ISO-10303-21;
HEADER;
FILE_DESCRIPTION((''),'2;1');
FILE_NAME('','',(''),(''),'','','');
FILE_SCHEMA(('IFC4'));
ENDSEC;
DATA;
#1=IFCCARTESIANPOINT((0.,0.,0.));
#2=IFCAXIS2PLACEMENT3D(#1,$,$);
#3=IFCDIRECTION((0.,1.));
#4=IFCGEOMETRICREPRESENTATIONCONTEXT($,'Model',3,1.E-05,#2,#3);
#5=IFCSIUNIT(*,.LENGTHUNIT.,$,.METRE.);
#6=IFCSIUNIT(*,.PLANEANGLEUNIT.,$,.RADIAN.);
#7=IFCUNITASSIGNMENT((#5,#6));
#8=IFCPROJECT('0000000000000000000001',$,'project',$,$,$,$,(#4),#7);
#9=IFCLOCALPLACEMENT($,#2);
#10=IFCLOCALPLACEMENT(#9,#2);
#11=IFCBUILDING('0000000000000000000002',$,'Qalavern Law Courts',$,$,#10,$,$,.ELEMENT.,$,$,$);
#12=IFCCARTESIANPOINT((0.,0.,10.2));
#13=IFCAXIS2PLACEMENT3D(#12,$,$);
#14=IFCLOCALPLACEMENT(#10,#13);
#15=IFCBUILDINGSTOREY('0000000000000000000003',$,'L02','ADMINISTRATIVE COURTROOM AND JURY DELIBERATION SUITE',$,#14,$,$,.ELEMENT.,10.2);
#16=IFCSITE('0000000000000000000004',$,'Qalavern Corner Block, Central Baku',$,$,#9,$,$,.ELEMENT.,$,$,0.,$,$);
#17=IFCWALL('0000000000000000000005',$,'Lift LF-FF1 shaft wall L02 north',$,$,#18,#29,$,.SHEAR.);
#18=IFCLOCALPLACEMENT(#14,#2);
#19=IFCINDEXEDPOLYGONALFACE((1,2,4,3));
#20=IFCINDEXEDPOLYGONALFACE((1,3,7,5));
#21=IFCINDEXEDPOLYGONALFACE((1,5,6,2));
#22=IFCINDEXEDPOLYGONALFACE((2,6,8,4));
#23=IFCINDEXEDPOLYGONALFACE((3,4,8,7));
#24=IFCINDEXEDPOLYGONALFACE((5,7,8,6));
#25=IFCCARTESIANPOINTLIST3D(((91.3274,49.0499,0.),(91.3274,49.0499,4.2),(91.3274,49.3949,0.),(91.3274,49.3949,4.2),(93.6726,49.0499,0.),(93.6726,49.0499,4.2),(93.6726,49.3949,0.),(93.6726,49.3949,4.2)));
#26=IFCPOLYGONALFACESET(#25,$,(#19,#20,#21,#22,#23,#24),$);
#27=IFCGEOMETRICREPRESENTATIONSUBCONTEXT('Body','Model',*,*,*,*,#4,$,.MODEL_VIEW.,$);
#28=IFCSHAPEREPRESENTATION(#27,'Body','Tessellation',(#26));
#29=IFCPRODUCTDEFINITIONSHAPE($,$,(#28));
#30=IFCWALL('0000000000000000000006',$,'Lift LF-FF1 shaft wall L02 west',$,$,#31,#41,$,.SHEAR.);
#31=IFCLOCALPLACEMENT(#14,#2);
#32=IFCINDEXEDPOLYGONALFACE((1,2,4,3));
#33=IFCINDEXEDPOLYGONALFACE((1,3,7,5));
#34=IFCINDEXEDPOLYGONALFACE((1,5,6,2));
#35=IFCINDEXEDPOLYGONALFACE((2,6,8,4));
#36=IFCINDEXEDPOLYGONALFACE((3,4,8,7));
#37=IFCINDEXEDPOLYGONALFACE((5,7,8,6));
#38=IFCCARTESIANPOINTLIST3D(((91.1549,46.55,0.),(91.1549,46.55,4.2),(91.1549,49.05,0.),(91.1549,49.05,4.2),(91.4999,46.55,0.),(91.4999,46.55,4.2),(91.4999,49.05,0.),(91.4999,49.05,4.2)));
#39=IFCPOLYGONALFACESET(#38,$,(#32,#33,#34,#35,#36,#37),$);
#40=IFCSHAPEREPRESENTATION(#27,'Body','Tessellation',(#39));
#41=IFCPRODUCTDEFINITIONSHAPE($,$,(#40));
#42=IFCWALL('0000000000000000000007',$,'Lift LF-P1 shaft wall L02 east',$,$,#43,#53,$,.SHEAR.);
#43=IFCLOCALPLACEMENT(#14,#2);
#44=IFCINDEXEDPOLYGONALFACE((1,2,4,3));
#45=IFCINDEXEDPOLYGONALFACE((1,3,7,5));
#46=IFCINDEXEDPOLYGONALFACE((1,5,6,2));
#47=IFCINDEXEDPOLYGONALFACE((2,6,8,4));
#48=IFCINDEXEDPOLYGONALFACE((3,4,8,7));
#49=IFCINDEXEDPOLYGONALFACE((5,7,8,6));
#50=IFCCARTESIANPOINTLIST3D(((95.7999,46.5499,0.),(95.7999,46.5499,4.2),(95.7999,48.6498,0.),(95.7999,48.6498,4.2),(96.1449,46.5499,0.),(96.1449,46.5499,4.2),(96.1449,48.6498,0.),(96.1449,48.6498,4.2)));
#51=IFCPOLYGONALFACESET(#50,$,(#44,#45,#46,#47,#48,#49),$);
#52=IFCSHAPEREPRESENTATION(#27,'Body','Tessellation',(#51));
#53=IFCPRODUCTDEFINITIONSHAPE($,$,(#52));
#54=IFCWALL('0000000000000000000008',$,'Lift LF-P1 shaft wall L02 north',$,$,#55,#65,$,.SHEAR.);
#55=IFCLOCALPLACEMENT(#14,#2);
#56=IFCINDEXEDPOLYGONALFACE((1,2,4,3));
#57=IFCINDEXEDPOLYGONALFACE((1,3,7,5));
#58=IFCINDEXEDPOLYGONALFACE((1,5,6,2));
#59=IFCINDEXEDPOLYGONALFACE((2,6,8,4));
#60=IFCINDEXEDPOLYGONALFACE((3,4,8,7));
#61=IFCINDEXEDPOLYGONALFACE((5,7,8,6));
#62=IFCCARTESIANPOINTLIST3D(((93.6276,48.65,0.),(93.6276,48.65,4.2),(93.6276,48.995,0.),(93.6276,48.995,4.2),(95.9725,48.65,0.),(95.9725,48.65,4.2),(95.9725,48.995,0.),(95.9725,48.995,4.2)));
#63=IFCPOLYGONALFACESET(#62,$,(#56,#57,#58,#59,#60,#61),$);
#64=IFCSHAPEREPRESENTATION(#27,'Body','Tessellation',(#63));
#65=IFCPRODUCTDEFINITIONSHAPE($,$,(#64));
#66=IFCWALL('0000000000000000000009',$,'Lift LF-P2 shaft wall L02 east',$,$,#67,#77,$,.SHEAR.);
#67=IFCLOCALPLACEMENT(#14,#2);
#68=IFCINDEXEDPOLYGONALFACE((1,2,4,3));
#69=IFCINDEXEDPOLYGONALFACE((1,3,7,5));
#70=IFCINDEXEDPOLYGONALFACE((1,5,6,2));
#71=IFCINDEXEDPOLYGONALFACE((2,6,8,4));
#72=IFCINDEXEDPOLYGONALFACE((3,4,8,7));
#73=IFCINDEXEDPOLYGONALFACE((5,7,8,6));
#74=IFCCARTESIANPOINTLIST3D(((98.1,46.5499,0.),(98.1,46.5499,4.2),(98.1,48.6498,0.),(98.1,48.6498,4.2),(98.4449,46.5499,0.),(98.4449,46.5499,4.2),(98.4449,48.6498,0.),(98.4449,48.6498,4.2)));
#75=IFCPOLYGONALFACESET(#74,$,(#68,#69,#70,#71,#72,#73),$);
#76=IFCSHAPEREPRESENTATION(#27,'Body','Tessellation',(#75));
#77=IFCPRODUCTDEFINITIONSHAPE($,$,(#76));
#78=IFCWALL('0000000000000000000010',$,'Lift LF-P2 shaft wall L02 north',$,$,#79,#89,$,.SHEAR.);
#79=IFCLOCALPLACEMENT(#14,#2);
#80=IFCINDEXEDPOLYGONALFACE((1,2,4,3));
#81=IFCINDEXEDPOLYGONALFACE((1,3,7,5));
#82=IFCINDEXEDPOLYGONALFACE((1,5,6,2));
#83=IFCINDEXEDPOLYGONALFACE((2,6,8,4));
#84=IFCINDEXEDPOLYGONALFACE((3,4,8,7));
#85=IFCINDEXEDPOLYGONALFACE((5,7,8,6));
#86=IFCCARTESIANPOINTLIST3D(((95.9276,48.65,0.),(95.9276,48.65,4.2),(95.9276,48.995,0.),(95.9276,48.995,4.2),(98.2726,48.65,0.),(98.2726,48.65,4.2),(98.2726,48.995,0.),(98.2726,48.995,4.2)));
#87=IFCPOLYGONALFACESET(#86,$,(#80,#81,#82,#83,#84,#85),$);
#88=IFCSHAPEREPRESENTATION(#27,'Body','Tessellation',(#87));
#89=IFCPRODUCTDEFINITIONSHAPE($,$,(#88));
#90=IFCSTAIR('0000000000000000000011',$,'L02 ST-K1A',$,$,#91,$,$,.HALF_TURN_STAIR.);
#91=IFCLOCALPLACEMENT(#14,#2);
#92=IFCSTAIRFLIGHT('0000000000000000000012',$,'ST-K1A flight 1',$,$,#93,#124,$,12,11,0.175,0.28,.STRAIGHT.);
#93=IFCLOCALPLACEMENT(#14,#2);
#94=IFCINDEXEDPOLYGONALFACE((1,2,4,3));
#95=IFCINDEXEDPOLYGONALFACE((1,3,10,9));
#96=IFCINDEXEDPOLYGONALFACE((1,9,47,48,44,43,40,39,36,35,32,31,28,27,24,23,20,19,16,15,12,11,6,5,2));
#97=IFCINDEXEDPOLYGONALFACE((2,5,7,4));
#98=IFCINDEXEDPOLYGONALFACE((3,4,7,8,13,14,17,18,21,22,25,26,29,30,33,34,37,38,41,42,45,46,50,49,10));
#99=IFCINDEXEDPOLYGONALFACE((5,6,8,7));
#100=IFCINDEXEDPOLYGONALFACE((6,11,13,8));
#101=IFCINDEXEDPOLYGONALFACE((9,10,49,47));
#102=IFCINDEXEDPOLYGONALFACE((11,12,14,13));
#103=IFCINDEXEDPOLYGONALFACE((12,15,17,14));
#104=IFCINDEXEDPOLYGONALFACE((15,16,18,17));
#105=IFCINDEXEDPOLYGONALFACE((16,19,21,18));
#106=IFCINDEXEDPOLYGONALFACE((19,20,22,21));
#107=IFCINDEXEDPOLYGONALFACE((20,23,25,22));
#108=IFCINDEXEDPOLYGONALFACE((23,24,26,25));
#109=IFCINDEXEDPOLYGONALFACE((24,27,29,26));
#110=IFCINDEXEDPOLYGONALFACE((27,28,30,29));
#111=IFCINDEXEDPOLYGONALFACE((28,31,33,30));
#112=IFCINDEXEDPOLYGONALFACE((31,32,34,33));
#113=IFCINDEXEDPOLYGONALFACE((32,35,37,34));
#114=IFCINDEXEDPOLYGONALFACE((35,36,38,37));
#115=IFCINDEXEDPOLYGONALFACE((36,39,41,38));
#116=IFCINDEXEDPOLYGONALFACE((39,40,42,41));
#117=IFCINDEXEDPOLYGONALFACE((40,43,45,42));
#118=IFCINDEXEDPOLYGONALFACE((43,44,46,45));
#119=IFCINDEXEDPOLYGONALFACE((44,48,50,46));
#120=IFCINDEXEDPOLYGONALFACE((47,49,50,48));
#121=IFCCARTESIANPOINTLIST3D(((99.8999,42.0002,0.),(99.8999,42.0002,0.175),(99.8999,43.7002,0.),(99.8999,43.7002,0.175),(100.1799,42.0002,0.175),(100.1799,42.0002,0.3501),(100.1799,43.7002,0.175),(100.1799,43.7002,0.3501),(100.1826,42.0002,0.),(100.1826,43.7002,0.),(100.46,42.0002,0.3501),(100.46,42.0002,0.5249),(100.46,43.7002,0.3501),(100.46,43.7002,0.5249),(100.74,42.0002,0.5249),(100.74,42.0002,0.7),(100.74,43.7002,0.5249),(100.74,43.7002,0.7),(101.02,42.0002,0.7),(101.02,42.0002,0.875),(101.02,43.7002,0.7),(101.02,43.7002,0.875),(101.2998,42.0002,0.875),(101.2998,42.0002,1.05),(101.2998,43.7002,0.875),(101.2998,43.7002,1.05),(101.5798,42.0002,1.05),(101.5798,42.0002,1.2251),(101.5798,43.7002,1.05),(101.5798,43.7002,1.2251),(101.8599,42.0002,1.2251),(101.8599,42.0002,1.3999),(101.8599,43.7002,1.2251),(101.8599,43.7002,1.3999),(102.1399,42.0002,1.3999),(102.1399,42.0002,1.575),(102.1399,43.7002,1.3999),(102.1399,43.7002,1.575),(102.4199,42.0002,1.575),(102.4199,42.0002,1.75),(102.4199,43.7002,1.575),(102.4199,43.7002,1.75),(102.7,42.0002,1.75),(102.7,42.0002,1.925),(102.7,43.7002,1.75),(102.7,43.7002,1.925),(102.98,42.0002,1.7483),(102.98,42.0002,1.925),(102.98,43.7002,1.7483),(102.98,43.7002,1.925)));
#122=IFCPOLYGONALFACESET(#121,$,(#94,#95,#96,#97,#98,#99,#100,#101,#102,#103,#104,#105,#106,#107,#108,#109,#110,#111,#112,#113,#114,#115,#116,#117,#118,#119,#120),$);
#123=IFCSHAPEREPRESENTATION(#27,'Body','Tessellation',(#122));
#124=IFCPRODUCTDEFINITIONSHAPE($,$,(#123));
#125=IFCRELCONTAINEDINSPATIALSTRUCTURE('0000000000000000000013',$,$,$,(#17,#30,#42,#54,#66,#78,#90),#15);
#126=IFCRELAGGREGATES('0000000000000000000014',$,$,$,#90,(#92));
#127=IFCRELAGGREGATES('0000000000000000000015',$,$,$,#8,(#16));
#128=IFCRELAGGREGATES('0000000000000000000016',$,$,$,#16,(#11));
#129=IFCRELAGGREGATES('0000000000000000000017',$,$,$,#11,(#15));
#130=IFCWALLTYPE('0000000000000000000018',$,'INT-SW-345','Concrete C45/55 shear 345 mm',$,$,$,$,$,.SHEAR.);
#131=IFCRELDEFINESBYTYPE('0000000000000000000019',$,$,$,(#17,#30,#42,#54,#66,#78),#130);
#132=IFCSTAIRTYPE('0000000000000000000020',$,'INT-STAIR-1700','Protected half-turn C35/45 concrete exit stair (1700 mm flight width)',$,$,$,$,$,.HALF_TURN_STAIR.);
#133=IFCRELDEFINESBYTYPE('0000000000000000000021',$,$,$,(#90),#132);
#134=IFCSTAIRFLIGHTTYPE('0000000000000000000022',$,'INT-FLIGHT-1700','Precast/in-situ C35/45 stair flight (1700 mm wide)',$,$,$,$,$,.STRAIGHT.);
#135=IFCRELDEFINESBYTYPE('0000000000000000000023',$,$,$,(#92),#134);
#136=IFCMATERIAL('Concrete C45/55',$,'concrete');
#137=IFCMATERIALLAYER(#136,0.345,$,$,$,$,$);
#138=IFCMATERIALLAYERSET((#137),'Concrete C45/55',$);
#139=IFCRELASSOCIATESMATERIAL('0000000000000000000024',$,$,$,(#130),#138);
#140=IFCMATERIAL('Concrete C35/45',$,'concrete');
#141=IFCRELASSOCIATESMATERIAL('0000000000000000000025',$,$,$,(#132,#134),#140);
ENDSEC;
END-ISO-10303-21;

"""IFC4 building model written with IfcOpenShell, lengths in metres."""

from ifc_helpers import new_model, si_unit, direction, frame, frame_2d, origin, place, context, subcontext, project, spatial, polyline, rectangle, outline, extrude, material, layer, layer_set, type_object, element, aggregate, save


model = new_model("IFC4")

# Units and contexts
model_context = context("Model", 3, precision=1e-05, world=origin(), true_north=direction((0.0, 1.0)))
body_context = subcontext(model_context, "Body", "Model", "MODEL_VIEW")
ifc_project = project(units=[si_unit("LENGTHUNIT", "METRE"), si_unit("PLANEANGLEUNIT", "RADIAN")], contexts=[model_context])

# Site, building, storey
site_placement = place(None, origin())
site = spatial("IfcSite", under=ifc_project, at=site_placement, Name="Qalavern Corner Block, Central Baku", CompositionType="ELEMENT", RefElevation=0.0)
building_placement = place(site_placement, origin())
building = spatial("IfcBuilding", under=site, at=building_placement, Name="Qalavern Law Courts", CompositionType="ELEMENT")
storey_placement = place(building_placement, frame((0.0, 0.0, 10.2)))
storey = spatial("IfcBuildingStorey", under=building, at=storey_placement, Name="L02", Description="ADMINISTRATIVE COURTROOM AND JURY DELIBERATION SUITE", CompositionType="ELEMENT", Elevation=10.2)

# Shared definitions
ifc_material_1 = material(Name="Concrete C45/55", Category="concrete")

# Shared definitions
ifc_layer_1 = layer(ifc_material_1, 0.345)
ifc_layer_set_1 = layer_set([ifc_layer_1], Name="Concrete C45/55")
wall_type_1 = type_object("IfcWallType", Name="INT-SW-345", Description="Concrete C45/55 shear 345 mm", PredefinedType="SHEAR", material=ifc_layer_set_1)

# Walls
wall_1_placement = place(storey_placement, frame((93.6726, 49.2224, 0.0), z_axis=(0.0, 0.0, 1.0), x_axis=(-1.0, 0.0, 0.0)))
element("IfcWall", 1, at=wall_1_placement, inside=storey, type_object=wall_type_1, Name="Lift LF-FF1 shaft wall L02 north", PredefinedType="SHEAR", context=body_context, shape_type="SweptSolid", body=[
    extrude(rectangle(XDim=2.3452, YDim=0.345, at=frame_2d((1.1726, 0.0))), origin(), (0.0, 0.0, 1.0), 4.2),
])
wall_2_placement = place(storey_placement, frame((91.3274, 49.05, 0.0), z_axis=(0.0, 0.0, 1.0), x_axis=(0.0, -1.0, 0.0)))
element("IfcWall", 2, at=wall_2_placement, inside=storey, type_object=wall_type_1, Name="Lift LF-FF1 shaft wall L02 west", PredefinedType="SHEAR", context=body_context, shape_type="SweptSolid", body=[
    extrude(rectangle(XDim=2.5, YDim=0.345, at=frame_2d((1.25, 0.0))), origin(), (0.0, 0.0, 1.0), 4.2),
])

# Walls
wall_3_placement = place(storey_placement, frame((95.9724, 46.55, 0.0), z_axis=(0.0, 0.0, 1.0), x_axis=(0.0, 1.0, 0.0)))
element("IfcWall", 3, at=wall_3_placement, inside=storey, type_object=wall_type_1, Name="Lift LF-P1 shaft wall L02 east", PredefinedType="SHEAR", context=body_context, shape_type="SweptSolid", body=[
    extrude(rectangle(XDim=2.0999, YDim=0.345, at=frame_2d((1.0498, 0.0))), origin(), (0.0, 0.0, 1.0), 4.2),
])
wall_4_placement = place(storey_placement, frame((95.9724, 48.8225, 0.0), z_axis=(0.0, 0.0, 1.0), x_axis=(-1.0, 0.0, 0.0)))
element("IfcWall", 4, at=wall_4_placement, inside=storey, type_object=wall_type_1, Name="Lift LF-P1 shaft wall L02 north", PredefinedType="SHEAR", context=body_context, shape_type="SweptSolid", body=[
    extrude(rectangle(XDim=2.345, YDim=0.345, at=frame_2d((1.1724, 0.0))), origin(), (0.0, 0.0, 1.0), 4.2),
])

# Walls
wall_5_placement = place(storey_placement, frame((98.2725, 46.55, 0.0), z_axis=(0.0, 0.0, 1.0), x_axis=(0.0, 1.0, 0.0)))
element("IfcWall", 5, at=wall_5_placement, inside=storey, type_object=wall_type_1, Name="Lift LF-P2 shaft wall L02 east", PredefinedType="SHEAR", context=body_context, shape_type="SweptSolid", body=[
    extrude(rectangle(XDim=2.0999, YDim=0.345, at=frame_2d((1.0498, 0.0))), origin(), (0.0, 0.0, 1.0), 4.2),
])
wall_6_placement = place(storey_placement, frame((98.2725, 48.8225, 0.0), z_axis=(0.0, 0.0, 1.0), x_axis=(-1.0, 0.0, 0.0)))
element("IfcWall", 6, at=wall_6_placement, inside=storey, type_object=wall_type_1, Name="Lift LF-P2 shaft wall L02 north", PredefinedType="SHEAR", context=body_context, shape_type="SweptSolid", body=[
    extrude(rectangle(XDim=2.345, YDim=0.345, at=frame_2d((1.1724, 0.0))), origin(), (0.0, 0.0, 1.0), 4.2),
])

# Stair, stair flight
ifc_material_2 = material(Name="Concrete C35/45", Category="concrete")
stair_type = type_object("IfcStairType", Name="INT-STAIR-1700", Description="Protected half-turn C35/45 concrete exit stair (1700 mm flight width)", PredefinedType="HALF_TURN_STAIR", material=ifc_material_2)
stair_placement = place(storey_placement, origin())
stair = element("IfcStair", 7, at=stair_placement, inside=storey, type_object=stair_type, Name="L02 ST-K1A", PredefinedType="HALF_TURN_STAIR")
stair_flight_type = type_object("IfcStairFlightType", Name="INT-FLIGHT-1700", Description="Precast/in-situ C35/45 stair flight (1700 mm wide)", PredefinedType="STRAIGHT", material=ifc_material_2)
stair_flight_placement = place(storey_placement, frame((99.8999, 42.8501, 0.0), z_axis=(0.0, 0.0, 1.0), x_axis=(1.0, 0.0, 0.0)))
stair_flight = element("IfcStairFlight", 8, at=stair_flight_placement, type_object=stair_flight_type, Name="ST-K1A flight 1", NumberOfRisers=12, NumberOfTreads=11, PredefinedType="STRAIGHT", RiserHeight=0.175, TreadLength=0.28, context=body_context, shape_type="SweptSolid", body=[
    extrude(outline(polyline([(0.0, 0.0), (0.0, 0.175), (0.28, 0.175), (0.28, 0.3501), (0.5601, 0.3501), (0.5601, 0.5249), (0.8401, 0.5249), (0.8401, 0.7), (1.1201, 0.7), (1.1201, 0.875), (1.3999, 0.875), (1.3999, 1.05), (1.6799, 1.05), (1.6799, 1.2251), (1.96, 1.2251), (1.96, 1.3999), (2.24, 1.3999), (2.24, 1.575), (2.52, 1.575), (2.52, 1.75), (2.8, 1.75), (2.8, 1.925), (3.0801, 1.925), (3.0801, 2.1001), (3.0801, 1.7483), (0.2827, 0.0), (0.0, 0.0)])), frame((0.0, 0.8501, 0.0), z_axis=(0.0, -1.0, 0.0), x_axis=(1.0, 0.0, 0.0)), (0.0, 0.0, 1.0), 1.7),
])
aggregate(stair, [stair_flight])

save(model, "model.ifc")
